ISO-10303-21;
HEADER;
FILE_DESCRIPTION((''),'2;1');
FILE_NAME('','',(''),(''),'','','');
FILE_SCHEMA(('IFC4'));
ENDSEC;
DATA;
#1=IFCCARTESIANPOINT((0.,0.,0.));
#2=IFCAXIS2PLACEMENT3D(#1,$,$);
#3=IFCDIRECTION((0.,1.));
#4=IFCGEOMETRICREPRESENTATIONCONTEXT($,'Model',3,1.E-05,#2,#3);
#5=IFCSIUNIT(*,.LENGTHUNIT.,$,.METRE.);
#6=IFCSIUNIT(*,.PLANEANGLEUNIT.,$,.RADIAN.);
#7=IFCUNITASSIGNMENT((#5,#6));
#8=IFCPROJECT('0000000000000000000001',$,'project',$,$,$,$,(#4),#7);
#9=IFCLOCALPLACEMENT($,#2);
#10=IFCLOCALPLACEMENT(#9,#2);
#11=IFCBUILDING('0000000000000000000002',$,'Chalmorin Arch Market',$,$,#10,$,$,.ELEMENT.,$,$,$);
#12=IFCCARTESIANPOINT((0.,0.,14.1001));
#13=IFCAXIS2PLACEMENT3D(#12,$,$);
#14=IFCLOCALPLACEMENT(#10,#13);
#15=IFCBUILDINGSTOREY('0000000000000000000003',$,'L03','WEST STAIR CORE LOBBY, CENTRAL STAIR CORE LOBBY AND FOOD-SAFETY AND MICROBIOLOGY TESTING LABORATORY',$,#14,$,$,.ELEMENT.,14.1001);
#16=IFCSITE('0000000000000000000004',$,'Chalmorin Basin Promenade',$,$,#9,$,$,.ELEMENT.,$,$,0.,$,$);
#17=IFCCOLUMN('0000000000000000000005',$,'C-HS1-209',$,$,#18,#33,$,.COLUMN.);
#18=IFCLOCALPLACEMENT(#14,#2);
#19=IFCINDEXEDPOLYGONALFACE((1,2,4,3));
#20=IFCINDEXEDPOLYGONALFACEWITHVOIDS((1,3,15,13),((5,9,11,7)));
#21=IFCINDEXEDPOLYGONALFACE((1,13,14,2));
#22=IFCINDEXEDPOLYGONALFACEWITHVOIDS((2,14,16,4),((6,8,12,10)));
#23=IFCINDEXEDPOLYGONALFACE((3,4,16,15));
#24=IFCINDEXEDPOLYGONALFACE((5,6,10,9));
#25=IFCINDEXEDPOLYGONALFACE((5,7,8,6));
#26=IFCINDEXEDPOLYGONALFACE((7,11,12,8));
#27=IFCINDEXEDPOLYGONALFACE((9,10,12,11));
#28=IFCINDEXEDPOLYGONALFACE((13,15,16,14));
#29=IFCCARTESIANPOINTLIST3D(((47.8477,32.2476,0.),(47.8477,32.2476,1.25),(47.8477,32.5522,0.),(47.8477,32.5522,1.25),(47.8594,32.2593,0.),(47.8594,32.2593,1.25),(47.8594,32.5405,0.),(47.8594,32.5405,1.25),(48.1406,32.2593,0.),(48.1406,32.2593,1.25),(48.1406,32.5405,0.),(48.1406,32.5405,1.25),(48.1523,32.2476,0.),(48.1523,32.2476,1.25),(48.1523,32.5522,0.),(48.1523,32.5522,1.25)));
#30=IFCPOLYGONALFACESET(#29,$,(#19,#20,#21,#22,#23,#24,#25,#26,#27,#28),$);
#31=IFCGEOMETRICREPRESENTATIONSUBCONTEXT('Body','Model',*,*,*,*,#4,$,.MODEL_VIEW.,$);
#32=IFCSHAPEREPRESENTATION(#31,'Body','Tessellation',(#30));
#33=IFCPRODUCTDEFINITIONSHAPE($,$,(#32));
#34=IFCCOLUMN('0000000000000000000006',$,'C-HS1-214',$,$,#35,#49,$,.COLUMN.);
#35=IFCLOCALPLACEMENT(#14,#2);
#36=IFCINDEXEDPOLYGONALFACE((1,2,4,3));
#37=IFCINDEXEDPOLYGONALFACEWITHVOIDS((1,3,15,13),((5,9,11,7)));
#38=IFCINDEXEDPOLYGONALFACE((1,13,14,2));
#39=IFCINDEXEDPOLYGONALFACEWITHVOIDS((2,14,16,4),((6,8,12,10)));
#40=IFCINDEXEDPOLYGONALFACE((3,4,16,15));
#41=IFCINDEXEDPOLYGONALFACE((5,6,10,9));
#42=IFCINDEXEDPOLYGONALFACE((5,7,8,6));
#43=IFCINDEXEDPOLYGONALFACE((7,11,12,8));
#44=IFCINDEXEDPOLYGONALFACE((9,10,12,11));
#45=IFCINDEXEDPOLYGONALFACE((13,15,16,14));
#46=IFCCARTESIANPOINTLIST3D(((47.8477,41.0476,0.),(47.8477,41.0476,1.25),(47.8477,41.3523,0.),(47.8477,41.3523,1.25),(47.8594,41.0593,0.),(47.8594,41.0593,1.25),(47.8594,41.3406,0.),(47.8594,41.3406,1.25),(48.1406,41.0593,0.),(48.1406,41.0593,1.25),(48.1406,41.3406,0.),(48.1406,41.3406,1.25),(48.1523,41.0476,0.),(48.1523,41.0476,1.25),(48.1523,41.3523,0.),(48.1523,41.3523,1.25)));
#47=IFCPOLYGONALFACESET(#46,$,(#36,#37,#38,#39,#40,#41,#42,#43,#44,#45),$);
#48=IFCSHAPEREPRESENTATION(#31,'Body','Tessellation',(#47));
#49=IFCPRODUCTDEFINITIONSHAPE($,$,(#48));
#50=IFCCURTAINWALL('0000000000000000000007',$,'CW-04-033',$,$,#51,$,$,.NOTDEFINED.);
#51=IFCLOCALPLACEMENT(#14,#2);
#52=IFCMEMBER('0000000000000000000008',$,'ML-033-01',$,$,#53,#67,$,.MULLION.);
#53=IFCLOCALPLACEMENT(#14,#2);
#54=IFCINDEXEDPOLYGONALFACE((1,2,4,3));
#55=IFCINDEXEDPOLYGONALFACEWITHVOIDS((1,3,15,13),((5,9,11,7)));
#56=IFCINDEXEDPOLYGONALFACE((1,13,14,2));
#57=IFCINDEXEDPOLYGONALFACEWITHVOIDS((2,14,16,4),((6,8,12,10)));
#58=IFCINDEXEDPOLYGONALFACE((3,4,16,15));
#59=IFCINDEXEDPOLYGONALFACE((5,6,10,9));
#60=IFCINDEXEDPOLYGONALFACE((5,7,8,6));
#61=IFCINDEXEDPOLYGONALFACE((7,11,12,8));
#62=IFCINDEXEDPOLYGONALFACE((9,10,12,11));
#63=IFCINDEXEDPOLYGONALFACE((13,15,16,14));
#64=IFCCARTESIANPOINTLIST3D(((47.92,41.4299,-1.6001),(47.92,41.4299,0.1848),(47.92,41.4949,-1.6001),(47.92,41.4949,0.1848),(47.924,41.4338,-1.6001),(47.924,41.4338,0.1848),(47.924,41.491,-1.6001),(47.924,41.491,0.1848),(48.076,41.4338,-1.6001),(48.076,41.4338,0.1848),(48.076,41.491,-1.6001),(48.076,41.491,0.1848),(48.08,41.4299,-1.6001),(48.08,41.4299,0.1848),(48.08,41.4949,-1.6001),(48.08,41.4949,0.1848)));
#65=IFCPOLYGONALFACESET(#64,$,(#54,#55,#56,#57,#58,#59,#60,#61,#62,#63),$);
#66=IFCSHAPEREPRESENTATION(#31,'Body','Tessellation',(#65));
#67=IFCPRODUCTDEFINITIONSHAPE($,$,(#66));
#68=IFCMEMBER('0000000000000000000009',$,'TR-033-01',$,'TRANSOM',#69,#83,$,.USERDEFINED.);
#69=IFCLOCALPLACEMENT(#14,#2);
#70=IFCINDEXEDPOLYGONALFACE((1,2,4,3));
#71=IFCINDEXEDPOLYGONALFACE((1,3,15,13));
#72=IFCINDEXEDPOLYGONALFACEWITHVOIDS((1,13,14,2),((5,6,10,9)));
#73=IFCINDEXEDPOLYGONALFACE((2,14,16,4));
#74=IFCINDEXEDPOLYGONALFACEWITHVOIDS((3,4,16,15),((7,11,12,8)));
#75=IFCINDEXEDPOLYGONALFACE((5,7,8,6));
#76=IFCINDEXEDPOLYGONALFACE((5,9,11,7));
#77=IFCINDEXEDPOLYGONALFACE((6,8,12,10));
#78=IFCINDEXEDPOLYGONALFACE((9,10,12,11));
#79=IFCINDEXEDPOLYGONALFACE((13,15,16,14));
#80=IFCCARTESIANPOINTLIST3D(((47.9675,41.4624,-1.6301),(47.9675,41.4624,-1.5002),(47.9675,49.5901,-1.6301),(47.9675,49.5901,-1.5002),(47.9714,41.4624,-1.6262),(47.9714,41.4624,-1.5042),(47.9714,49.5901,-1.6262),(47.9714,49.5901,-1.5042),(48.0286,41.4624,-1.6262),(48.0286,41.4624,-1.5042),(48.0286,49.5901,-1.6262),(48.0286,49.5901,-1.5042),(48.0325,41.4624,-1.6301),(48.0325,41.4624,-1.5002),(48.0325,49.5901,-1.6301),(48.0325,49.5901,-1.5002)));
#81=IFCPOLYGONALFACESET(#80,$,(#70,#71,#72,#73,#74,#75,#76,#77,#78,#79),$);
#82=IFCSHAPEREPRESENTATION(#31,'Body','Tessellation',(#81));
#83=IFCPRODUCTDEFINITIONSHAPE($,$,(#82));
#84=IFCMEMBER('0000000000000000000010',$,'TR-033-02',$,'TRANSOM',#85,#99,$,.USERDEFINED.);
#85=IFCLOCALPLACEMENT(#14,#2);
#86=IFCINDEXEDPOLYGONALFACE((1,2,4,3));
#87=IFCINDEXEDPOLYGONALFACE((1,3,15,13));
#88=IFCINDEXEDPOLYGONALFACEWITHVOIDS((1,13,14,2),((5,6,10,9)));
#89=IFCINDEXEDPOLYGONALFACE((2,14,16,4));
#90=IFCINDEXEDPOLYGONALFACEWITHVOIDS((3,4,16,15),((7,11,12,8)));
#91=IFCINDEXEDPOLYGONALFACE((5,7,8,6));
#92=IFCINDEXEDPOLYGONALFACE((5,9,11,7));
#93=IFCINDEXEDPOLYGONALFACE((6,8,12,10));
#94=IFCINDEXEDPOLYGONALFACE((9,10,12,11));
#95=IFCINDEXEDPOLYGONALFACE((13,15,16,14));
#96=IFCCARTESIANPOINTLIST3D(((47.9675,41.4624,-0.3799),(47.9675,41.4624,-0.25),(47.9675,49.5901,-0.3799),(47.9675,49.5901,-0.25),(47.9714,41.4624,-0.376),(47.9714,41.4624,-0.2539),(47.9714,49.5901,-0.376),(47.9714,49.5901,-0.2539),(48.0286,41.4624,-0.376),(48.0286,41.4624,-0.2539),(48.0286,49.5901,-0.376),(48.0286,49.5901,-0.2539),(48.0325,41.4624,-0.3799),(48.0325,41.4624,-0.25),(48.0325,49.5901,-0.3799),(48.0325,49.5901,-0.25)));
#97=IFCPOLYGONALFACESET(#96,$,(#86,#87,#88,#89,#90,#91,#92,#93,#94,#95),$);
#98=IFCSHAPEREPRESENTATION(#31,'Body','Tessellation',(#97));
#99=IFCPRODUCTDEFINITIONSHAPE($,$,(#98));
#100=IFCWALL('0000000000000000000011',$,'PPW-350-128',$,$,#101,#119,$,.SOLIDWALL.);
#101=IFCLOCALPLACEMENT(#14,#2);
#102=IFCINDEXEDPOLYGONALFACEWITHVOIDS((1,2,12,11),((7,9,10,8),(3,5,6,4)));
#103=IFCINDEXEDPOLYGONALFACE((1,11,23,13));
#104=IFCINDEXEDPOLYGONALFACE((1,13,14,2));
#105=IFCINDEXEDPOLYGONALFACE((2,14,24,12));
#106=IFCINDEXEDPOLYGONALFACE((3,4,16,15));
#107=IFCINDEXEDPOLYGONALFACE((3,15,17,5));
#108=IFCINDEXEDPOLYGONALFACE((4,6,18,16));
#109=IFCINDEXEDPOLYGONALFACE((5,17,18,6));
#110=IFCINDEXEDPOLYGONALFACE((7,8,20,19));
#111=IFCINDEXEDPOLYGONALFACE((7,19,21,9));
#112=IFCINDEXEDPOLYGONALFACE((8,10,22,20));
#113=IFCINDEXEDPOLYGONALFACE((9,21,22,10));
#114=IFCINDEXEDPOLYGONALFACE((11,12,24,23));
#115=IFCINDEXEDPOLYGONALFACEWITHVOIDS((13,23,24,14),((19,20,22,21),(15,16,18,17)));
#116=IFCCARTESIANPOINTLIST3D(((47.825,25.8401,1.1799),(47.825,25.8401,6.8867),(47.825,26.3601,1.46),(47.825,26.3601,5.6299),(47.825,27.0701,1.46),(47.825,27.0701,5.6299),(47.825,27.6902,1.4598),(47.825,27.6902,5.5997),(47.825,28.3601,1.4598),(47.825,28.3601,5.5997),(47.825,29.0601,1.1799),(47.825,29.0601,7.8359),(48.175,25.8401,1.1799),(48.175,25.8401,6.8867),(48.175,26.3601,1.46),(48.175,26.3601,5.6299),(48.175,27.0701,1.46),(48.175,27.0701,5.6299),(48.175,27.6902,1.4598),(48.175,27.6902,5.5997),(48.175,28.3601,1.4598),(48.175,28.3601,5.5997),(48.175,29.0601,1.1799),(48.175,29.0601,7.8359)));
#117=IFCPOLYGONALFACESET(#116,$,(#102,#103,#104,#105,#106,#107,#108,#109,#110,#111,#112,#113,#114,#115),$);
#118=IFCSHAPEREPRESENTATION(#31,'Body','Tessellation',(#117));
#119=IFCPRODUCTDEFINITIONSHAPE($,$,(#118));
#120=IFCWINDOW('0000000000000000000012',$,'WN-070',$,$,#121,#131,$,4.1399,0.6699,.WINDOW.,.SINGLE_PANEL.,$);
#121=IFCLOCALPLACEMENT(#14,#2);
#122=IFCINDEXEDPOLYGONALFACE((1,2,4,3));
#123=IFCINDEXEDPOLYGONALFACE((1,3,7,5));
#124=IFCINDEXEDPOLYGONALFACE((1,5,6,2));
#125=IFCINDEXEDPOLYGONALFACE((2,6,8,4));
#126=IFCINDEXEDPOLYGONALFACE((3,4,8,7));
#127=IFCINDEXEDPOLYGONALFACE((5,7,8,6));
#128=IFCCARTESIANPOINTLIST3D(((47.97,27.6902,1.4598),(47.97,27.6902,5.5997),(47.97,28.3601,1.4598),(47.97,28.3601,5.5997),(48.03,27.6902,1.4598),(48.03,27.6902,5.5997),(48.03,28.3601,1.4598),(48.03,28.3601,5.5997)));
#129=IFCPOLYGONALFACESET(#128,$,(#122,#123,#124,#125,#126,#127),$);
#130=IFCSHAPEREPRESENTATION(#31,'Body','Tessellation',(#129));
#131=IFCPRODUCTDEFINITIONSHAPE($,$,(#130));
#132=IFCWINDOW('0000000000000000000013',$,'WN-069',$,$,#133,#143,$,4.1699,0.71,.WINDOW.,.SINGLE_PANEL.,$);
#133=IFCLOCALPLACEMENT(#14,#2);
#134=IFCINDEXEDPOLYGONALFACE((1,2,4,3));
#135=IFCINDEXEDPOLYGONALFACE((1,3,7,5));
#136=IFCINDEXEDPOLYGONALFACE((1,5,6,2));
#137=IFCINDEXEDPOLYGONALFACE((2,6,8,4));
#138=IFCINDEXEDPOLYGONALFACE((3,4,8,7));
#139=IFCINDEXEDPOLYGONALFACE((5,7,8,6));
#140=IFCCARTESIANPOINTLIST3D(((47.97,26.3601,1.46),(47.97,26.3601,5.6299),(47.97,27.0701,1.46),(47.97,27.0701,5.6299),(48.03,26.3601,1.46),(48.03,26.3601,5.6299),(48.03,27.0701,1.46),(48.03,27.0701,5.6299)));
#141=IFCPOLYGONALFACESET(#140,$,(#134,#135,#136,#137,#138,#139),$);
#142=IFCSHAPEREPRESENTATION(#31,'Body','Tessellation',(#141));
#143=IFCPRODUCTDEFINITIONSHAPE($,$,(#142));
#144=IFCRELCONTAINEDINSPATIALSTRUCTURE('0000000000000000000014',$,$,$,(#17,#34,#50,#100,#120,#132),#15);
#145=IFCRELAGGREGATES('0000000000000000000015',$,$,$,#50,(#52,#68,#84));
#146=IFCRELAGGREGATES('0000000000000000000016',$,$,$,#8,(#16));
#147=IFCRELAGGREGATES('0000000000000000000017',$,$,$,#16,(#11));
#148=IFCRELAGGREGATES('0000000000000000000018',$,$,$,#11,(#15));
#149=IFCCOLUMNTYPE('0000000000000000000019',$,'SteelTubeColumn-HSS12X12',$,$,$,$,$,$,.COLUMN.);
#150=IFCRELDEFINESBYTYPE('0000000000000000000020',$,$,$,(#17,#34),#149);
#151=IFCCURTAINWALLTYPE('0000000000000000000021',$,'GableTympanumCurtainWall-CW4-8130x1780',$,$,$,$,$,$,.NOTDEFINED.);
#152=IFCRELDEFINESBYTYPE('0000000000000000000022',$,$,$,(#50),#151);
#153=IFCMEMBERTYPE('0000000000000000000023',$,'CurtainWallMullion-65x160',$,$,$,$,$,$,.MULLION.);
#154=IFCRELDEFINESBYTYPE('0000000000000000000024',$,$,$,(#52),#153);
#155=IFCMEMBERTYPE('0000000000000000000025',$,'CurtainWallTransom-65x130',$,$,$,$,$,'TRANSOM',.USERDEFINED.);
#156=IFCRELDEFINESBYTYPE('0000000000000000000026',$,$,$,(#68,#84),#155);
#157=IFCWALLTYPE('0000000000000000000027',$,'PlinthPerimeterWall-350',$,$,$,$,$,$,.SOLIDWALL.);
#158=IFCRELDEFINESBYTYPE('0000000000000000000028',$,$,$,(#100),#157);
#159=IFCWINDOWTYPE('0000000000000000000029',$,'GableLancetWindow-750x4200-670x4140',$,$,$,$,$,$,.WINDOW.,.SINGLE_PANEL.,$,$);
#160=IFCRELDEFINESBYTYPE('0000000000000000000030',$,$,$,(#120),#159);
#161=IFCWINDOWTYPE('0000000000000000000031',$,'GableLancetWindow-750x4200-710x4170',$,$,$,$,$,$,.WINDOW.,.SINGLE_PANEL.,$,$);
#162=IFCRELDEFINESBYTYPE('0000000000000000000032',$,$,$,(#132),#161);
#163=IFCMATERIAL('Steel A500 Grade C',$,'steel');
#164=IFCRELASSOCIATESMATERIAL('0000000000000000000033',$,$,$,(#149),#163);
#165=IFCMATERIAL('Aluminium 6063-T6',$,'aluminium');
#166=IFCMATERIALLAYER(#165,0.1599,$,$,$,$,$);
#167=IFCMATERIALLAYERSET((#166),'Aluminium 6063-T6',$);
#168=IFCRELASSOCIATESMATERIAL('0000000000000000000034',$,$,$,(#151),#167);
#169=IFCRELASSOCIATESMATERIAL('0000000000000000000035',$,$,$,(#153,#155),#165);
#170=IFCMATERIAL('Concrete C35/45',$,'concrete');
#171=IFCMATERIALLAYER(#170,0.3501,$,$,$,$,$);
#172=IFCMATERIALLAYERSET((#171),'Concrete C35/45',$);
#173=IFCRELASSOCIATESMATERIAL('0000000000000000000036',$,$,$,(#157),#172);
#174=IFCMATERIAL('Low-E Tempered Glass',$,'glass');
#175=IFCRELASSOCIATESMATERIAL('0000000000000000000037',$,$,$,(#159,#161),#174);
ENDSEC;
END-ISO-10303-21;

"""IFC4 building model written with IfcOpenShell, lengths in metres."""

from ifc_helpers import new_model, si_unit, direction, frame, frame_2d, origin, origin_2d, place, context, subcontext, project, spatial, polyline, rectangle, hollow_rectangle, outline, extrude, material, layer, layer_set, material_profile, profile_set, type_object, element, fill, aggregate, save


model = new_model("IFC4")

# Units and contexts
model_context = context("Model", 3, precision=1e-05, world=origin(), true_north=direction((0.0, 1.0)))
body_context = subcontext(model_context, "Body", "Model", "MODEL_VIEW")
ifc_project = project(units=[si_unit("LENGTHUNIT", "METRE"), si_unit("PLANEANGLEUNIT", "RADIAN")], contexts=[model_context])

# Site, building, storey
site_placement = place(None, origin())
site = spatial("IfcSite", under=ifc_project, at=site_placement, Name="Chalmorin Basin Promenade", CompositionType="ELEMENT", RefElevation=0.0)
building_placement = place(site_placement, origin())
building = spatial("IfcBuilding", under=site, at=building_placement, Name="Chalmorin Arch Market", CompositionType="ELEMENT")
storey_placement = place(building_placement, frame((0.0, 0.0, 14.1001)))
storey = spatial("IfcBuildingStorey", under=building, at=storey_placement, Name="L03", Description="WEST STAIR CORE LOBBY, CENTRAL STAIR CORE LOBBY AND FOOD-SAFETY AND MICROBIOLOGY TESTING LABORATORY", CompositionType="ELEMENT", Elevation=14.1001)

# Columns
ifc_material_1 = material(Name="Steel A500 Grade C", Category="steel")
ifc_material_profile_1 = material_profile(ifc_material_1, hollow_rectangle(XDim=0.3047, YDim=0.3047, WallThickness=0.0117, at=origin_2d()), Name="HSS12X12X1/2")
ifc_profile_set_1 = profile_set([ifc_material_profile_1], Name="Steel A500 Grade C")
column_type = type_object("IfcColumnType", Name="SteelTubeColumn-HSS12X12", PredefinedType="COLUMN", material=ifc_profile_set_1)
for number, where, z_axis, x_axis, name in (
    (1, (48.0, 32.3999, 0.0), (0.0, 0.0, 1.0), (1.0, 0.0, 0.0), "C-HS1-209"),
    (2, (48.0, 41.2, 0.0), (0.0, 0.0, 1.0), (1.0, 0.0, 0.0), "C-HS1-214"),
):
    element("IfcColumn", number, at=place(storey_placement, frame(where, z_axis=z_axis, x_axis=x_axis)), inside=storey, type_object=column_type, Name=name, PredefinedType="COLUMN", context=body_context, shape_type="SweptSolid", body=[
        extrude(hollow_rectangle(XDim=0.3047, YDim=0.3047, WallThickness=0.0117, at=origin_2d()), origin(), (0.0, 0.0, 1.0), 1.25),
    ])

# Curtain wall, members
ifc_material_2 = material(Name="Aluminium 6063-T6", Category="aluminium")
ifc_layer_1 = layer(ifc_material_2, 0.1599)
ifc_layer_set_1 = layer_set([ifc_layer_1], Name="Aluminium 6063-T6")
curtain_wall_type = type_object("IfcCurtainWallType", Name="GableTympanumCurtainWall-CW4-8130x1780", PredefinedType="NOTDEFINED", material=ifc_layer_set_1)
curtain_wall_placement = place(storey_placement, origin())
curtain_wall = element("IfcCurtainWall", 3, at=curtain_wall_placement, inside=storey, type_object=curtain_wall_type, Name="CW-04-033", PredefinedType="NOTDEFINED")
ifc_material_profile_2 = material_profile(ifc_material_2, hollow_rectangle(XDim=0.0649, YDim=0.1599, WallThickness=0.0039, at=origin_2d()), Name="ALU65X160X4")
ifc_profile_set_2 = profile_set([ifc_material_profile_2], Name="Aluminium 6063-T6")
member_type_1 = type_object("IfcMemberType", Name="CurtainWallMullion-65x160", PredefinedType="MULLION", material=ifc_profile_set_2)
member_1_placement = place(storey_placement, frame((48.0, 41.4624, -1.6001), z_axis=(0.0, 0.0, 1.0), x_axis=(0.0, 1.0, 0.0)))
member_1 = element("IfcMember", 4, at=member_1_placement, type_object=member_type_1, Name="ML-033-01", PredefinedType="MULLION", context=body_context, shape_type="SweptSolid", body=[
    extrude(hollow_rectangle(XDim=0.0649, YDim=0.1599, WallThickness=0.0039, at=origin_2d()), origin(), (0.0, 0.0, 1.0), 1.7849),
])
ifc_material_profile_3 = material_profile(ifc_material_2, hollow_rectangle(XDim=0.0649, YDim=0.1299, WallThickness=0.0039, at=origin_2d()), Name="ALU65X130X4")
ifc_profile_set_3 = profile_set([ifc_material_profile_3], Name="Aluminium 6063-T6")
member_type_2 = type_object("IfcMemberType", Name="CurtainWallTransom-65x130", ElementType="TRANSOM", PredefinedType="USERDEFINED", material=ifc_profile_set_3)
member_2_placement = place(storey_placement, frame((48.0, 41.4624, -1.5652), z_axis=(0.0, 1.0, 0.0), x_axis=(-1.0, 0.0, 0.0)))
member_2 = element("IfcMember", 5, at=member_2_placement, type_object=member_type_2, Name="TR-033-01", ObjectType="TRANSOM", PredefinedType="USERDEFINED", context=body_context, shape_type="SweptSolid", body=[
    extrude(hollow_rectangle(XDim=0.0649, YDim=0.1299, WallThickness=0.0039, at=origin_2d()), origin(), (0.0, 0.0, 1.0), 8.1277),
])
member_3_placement = place(storey_placement, frame((48.0, 41.4624, -0.3149), z_axis=(0.0, 1.0, 0.0), x_axis=(-1.0, 0.0, 0.0)))
member_3 = element("IfcMember", 6, at=member_3_placement, type_object=member_type_2, Name="TR-033-02", ObjectType="TRANSOM", PredefinedType="USERDEFINED", context=body_context, shape_type="SweptSolid", body=[
    extrude(hollow_rectangle(XDim=0.0649, YDim=0.1299, WallThickness=0.0039, at=origin_2d()), origin(), (0.0, 0.0, 1.0), 8.1277),
])
aggregate(curtain_wall, [member_1, member_2, member_3])

# Wall, openings, windows
ifc_material_3 = material(Name="Concrete C35/45", Category="concrete")
ifc_layer_2 = layer(ifc_material_3, 0.3501)
ifc_layer_set_2 = layer_set([ifc_layer_2], Name="Concrete C35/45")
wall_type = type_object("IfcWallType", Name="PlinthPerimeterWall-350", PredefinedType="SOLIDWALL", material=ifc_layer_set_2)
wall_1_placement = place(storey_placement, frame((48.0, 25.8401, 1.1799), z_axis=(0.0, 0.0, 1.0), x_axis=(0.0, 1.0, 0.0)))
wall_1 = element("IfcWall", 7, at=wall_1_placement, inside=storey, type_object=wall_type, Name="PPW-350-128", PredefinedType="SOLIDWALL", context=body_context, shape_type="SweptSolid", body=[
    extrude(outline(polyline([(0.0, 0.0), (3.22, 0.0), (3.22, 6.656), (0.0, 5.7068), (0.0, 0.0)])), frame((0.0, 0.175, 0.0), z_axis=(0.0, -1.0, 0.0), x_axis=(1.0, 0.0, 0.0)), (0.0, 0.0, 1.0), 0.3501),
])
opening_1_placement = place(wall_1_placement, frame((0.52, 0.0, 0.28)))
opening_1 = element("IfcOpeningElement", 8, at=opening_1_placement, cuts=wall_1, PredefinedType="OPENING", context=body_context, shape_type="SweptSolid", body=[
    extrude(rectangle(XDim=0.71, YDim=4.1699, at=frame_2d((0.355, 2.085))), frame((0.0, 0.1851, 0.0), z_axis=(0.0, -1.0, 0.0), x_axis=(1.0, 0.0, 0.0)), (0.0, 0.0, 1.0), 0.3701),
])
opening_2_placement = place(wall_1_placement, frame((1.8501, 0.0, 0.28)))
opening_2 = element("IfcOpeningElement", 9, at=opening_2_placement, cuts=wall_1, PredefinedType="OPENING", context=body_context, shape_type="SweptSolid", body=[
    extrude(rectangle(XDim=0.6699, YDim=4.1399, at=frame_2d((0.335, 2.0698))), frame((0.0, 0.1851, 0.0), z_axis=(0.0, -1.0, 0.0), x_axis=(1.0, 0.0, 0.0)), (0.0, 0.0, 1.0), 0.3701),
])
ifc_material_4 = material(Name="Low-E Tempered Glass", Category="glass")
window_type_1 = type_object("IfcWindowType", Name="GableLancetWindow-750x4200-670x4140", PartitioningType="SINGLE_PANEL", PredefinedType="WINDOW", material=ifc_material_4)
window_1_placement = place(opening_2_placement, origin())
window_1 = element("IfcWindow", 10, at=window_1_placement, inside=storey, type_object=window_type_1, Name="WN-070", OverallHeight=4.1399, OverallWidth=0.6699, PartitioningType="SINGLE_PANEL", PredefinedType="WINDOW", context=body_context, shape_type="SweptSolid", body=[
    extrude(rectangle(XDim=0.6699, YDim=4.1399, at=frame_2d((0.335, 2.0698))), frame((0.0, 0.03, 0.0), z_axis=(0.0, -1.0, 0.0), x_axis=(1.0, 0.0, 0.0)), (0.0, 0.0, 1.0), 0.0601),
])
fill(opening_2, window_1)
window_type_2 = type_object("IfcWindowType", Name="GableLancetWindow-750x4200-710x4170", PartitioningType="SINGLE_PANEL", PredefinedType="WINDOW", material=ifc_material_4)
window_2_placement = place(opening_1_placement, origin())
window_2 = element("IfcWindow", 11, at=window_2_placement, inside=storey, type_object=window_type_2, Name="WN-069", OverallHeight=4.1699, OverallWidth=0.71, PartitioningType="SINGLE_PANEL", PredefinedType="WINDOW", context=body_context, shape_type="SweptSolid", body=[
    extrude(rectangle(XDim=0.71, YDim=4.1699, at=frame_2d((0.355, 2.085))), frame((0.0, 0.03, 0.0), z_axis=(0.0, -1.0, 0.0), x_axis=(1.0, 0.0, 0.0)), (0.0, 0.0, 1.0), 0.0601),
])
fill(opening_1, window_2)

save(model, "model.ifc")
